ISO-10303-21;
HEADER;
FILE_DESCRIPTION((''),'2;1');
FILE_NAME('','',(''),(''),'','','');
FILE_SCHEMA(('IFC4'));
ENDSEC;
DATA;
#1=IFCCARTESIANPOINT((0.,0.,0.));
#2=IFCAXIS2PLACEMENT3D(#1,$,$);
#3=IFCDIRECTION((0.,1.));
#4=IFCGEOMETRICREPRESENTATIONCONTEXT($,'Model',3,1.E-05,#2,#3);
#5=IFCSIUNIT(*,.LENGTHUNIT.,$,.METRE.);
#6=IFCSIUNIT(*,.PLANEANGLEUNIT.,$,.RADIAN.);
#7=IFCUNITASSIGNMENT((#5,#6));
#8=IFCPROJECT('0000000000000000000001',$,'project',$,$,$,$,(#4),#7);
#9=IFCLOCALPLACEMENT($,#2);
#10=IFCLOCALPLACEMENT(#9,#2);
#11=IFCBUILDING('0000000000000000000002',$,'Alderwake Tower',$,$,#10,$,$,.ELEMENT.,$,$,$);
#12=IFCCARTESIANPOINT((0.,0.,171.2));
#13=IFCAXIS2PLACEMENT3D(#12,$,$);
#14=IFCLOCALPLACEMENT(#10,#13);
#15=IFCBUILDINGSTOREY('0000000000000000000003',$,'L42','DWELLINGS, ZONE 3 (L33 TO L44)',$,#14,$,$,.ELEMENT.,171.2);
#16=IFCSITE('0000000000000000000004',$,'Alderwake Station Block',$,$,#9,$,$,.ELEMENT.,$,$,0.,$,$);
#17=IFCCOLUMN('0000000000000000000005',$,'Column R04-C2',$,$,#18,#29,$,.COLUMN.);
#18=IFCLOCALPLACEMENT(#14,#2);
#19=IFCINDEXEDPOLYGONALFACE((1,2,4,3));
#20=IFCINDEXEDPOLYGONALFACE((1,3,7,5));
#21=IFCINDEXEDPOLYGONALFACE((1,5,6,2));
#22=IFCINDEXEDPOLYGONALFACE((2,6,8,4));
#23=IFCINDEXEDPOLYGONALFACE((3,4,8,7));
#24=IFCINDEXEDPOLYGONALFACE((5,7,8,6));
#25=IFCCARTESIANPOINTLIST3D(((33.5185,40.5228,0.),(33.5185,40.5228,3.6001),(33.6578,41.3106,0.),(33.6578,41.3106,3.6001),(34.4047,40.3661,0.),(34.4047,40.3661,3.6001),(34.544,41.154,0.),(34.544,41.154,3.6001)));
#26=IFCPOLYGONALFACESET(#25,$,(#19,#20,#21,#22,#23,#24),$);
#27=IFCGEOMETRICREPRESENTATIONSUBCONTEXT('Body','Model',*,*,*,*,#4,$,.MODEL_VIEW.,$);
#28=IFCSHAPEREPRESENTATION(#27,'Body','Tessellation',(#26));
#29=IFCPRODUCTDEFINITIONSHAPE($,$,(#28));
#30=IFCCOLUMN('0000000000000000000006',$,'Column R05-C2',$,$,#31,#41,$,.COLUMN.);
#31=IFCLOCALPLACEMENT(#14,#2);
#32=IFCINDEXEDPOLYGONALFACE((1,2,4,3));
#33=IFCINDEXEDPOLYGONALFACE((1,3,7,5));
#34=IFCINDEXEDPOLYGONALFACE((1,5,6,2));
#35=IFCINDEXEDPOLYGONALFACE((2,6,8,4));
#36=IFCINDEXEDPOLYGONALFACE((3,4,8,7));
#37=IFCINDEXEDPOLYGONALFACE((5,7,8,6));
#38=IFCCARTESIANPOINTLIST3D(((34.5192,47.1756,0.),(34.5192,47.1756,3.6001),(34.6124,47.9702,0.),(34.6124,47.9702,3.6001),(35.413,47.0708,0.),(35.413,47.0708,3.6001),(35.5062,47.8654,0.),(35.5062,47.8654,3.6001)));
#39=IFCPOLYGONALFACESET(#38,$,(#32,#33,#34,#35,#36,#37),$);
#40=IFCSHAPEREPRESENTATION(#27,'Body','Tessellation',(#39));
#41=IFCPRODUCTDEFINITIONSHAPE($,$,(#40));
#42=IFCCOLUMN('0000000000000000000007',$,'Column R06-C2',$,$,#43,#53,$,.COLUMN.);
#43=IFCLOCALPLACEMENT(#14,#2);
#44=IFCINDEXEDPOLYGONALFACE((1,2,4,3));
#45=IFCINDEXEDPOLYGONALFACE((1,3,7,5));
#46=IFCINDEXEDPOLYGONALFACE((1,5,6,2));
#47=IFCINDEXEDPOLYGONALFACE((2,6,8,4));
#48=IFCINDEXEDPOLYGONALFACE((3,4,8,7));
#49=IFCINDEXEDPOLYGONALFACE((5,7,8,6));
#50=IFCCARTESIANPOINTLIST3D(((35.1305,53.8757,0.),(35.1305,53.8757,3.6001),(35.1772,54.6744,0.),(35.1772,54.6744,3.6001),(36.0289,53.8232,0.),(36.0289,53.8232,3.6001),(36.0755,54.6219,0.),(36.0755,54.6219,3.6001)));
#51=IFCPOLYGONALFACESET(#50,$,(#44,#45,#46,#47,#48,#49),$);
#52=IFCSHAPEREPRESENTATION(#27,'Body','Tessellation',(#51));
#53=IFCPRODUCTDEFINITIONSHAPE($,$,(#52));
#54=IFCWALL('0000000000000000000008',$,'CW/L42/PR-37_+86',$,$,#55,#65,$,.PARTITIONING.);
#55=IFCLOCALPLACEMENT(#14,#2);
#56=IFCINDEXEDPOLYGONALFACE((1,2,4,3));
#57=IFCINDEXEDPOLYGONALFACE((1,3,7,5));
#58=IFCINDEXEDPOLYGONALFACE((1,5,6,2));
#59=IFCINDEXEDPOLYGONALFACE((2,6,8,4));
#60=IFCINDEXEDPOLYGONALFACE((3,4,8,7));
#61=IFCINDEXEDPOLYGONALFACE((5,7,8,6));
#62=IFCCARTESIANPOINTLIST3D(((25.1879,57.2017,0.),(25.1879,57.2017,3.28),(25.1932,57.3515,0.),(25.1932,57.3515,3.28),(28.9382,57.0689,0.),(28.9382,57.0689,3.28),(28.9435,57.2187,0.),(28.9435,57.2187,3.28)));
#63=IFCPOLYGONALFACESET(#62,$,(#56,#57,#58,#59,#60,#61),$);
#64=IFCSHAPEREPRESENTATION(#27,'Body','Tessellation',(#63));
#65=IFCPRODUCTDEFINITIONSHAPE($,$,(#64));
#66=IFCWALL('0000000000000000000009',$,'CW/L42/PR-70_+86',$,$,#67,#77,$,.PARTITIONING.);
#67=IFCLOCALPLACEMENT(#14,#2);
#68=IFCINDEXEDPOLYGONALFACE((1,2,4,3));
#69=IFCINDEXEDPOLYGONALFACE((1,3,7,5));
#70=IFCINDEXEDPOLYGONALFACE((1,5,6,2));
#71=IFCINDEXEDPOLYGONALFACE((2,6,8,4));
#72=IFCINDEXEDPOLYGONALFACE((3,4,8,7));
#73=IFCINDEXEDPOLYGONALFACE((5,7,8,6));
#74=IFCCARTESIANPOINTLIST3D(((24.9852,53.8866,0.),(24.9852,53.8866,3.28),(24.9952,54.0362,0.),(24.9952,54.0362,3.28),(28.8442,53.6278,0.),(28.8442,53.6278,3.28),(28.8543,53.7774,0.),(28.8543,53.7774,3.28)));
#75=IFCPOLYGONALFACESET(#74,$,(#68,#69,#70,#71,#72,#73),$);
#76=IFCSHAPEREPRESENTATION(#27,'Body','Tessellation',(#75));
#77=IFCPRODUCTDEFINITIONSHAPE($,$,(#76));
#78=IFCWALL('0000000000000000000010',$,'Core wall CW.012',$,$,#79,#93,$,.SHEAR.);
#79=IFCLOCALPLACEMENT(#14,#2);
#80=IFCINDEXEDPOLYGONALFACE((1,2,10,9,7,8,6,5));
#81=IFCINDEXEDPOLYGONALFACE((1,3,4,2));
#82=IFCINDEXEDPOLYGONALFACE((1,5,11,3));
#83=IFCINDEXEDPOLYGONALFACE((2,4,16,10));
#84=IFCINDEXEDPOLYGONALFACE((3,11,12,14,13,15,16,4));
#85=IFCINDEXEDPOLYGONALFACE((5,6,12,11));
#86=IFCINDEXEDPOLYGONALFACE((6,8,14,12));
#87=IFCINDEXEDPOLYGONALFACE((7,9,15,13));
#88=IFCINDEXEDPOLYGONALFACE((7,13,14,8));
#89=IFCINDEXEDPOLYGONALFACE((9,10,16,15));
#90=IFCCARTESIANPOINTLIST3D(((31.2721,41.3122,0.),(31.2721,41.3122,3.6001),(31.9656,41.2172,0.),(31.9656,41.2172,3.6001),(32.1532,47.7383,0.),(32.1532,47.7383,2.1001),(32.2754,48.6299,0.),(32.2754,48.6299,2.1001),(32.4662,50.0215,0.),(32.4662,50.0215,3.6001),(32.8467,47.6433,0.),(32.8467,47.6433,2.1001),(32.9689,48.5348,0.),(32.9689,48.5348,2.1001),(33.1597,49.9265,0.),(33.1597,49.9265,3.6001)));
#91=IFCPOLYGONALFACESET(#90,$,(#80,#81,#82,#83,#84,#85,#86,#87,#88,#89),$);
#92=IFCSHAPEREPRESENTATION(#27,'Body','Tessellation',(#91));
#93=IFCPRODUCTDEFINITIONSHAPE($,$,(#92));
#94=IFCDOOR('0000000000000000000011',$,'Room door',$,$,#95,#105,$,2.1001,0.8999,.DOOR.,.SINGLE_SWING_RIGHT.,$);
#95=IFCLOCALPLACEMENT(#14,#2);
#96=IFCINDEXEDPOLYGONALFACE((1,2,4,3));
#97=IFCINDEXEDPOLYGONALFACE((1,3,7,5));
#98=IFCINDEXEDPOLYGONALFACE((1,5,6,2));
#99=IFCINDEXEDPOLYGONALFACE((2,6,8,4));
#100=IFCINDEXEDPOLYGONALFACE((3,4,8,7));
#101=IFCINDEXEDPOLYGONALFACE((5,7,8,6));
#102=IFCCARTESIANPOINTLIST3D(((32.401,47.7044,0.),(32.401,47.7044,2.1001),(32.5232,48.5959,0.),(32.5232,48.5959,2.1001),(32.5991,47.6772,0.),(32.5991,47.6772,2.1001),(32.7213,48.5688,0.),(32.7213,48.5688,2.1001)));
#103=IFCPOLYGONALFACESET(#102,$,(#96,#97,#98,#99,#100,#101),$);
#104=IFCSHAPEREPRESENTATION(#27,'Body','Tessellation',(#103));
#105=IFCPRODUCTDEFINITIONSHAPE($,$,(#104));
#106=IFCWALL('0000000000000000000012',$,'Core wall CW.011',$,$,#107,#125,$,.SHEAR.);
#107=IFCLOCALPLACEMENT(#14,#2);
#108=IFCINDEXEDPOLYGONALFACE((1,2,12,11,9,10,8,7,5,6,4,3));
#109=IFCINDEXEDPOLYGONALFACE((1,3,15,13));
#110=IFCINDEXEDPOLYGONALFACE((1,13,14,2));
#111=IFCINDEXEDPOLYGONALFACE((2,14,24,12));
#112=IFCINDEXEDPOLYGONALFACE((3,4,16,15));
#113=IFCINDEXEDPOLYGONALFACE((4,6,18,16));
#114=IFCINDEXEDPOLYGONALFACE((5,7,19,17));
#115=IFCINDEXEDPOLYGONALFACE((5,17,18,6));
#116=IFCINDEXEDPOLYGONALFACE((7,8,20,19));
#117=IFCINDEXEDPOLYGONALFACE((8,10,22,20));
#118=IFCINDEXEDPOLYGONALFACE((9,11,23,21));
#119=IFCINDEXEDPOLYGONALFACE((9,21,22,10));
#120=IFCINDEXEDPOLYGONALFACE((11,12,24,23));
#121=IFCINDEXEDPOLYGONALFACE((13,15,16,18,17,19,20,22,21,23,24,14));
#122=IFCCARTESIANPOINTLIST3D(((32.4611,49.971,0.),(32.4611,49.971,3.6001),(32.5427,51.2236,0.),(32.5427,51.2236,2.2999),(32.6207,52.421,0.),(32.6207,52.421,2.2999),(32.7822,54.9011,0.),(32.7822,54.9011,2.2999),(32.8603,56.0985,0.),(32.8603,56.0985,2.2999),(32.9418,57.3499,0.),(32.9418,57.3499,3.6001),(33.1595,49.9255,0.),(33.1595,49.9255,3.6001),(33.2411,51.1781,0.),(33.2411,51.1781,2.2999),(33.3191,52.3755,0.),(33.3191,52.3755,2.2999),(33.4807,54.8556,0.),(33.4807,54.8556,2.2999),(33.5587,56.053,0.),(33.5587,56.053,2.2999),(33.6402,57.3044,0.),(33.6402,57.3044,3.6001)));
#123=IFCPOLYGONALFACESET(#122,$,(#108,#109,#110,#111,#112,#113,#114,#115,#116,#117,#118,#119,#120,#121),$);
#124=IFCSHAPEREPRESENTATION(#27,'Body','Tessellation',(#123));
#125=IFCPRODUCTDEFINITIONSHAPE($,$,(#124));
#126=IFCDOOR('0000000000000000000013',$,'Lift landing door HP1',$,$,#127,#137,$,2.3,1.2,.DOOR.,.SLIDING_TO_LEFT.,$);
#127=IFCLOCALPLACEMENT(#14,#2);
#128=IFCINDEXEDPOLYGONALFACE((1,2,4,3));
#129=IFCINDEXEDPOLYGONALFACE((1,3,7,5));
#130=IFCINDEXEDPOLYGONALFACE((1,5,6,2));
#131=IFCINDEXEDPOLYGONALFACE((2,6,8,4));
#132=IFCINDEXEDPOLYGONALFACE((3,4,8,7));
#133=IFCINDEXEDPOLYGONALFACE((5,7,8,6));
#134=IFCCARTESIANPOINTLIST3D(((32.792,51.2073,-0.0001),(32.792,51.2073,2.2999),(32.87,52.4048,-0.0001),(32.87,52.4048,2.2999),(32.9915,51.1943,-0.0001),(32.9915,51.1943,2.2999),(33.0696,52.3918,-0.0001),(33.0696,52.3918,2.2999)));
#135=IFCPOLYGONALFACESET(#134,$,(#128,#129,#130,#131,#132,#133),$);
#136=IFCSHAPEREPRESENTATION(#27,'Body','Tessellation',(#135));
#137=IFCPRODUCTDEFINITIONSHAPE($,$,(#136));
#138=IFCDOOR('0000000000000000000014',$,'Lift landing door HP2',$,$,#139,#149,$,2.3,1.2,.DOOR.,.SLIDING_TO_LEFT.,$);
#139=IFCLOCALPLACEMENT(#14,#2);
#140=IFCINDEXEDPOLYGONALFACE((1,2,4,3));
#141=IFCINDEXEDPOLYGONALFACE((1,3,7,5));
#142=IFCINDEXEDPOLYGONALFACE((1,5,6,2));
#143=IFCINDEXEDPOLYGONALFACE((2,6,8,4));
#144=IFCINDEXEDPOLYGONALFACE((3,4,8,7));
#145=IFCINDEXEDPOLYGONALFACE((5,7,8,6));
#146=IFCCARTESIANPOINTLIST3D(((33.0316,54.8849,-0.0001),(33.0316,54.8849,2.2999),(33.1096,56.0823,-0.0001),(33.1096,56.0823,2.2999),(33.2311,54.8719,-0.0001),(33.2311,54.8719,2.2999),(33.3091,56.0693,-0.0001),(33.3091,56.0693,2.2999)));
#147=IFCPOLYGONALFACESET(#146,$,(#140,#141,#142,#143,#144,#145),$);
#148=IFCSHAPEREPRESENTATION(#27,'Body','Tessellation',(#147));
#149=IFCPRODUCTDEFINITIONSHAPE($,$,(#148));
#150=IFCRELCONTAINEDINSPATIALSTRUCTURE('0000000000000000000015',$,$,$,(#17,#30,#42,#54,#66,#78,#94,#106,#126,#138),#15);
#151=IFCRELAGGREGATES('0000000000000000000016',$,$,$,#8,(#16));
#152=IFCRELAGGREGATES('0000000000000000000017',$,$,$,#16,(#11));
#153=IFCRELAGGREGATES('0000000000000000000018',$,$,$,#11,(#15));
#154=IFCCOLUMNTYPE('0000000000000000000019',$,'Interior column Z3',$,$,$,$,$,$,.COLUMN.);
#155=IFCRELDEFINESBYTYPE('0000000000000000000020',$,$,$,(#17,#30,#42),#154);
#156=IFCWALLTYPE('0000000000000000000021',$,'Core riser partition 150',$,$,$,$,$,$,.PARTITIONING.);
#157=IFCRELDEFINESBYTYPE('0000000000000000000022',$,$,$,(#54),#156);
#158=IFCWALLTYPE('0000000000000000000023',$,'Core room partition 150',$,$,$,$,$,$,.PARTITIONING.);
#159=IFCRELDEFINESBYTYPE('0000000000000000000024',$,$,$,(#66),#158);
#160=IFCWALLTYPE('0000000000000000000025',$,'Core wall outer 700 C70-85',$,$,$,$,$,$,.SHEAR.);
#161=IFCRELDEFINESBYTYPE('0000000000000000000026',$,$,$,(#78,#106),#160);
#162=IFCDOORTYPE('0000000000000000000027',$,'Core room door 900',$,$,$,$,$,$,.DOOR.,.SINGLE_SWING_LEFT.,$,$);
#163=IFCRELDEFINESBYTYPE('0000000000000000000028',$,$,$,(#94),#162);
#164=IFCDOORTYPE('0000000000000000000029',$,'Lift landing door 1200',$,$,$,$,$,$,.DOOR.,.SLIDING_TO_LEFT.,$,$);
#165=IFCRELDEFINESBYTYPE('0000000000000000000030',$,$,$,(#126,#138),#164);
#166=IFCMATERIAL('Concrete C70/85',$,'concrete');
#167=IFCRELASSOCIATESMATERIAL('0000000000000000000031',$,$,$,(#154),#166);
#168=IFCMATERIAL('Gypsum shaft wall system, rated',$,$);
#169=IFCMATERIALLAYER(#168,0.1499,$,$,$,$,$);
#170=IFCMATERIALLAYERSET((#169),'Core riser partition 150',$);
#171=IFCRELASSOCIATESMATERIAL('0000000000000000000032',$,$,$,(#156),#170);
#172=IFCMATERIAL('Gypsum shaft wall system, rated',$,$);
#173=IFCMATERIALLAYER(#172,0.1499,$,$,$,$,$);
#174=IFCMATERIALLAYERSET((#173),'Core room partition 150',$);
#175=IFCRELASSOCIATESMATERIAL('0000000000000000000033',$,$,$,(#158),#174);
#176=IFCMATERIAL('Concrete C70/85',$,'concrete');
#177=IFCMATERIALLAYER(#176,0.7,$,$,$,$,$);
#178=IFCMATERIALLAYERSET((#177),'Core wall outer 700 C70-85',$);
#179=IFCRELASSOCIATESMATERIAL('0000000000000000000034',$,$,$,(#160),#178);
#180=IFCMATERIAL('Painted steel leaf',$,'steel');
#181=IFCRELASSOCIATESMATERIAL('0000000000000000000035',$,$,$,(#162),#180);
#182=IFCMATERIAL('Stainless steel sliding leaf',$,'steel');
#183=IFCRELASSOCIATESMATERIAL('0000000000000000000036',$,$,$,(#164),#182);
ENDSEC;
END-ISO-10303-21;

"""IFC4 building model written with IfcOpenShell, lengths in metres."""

from ifc_helpers import new_model, si_unit, direction, frame, frame_2d, origin, origin_2d, place, context, subcontext, project, spatial, rectangle, extrude, material, layer, layer_set, material_profile, profile_set, type_object, element, fill, save


model = new_model("IFC4")

# Units and contexts
model_context = context("Model", 3, precision=1e-05, world=origin(), true_north=direction((0.0, 1.0)))
body_context = subcontext(model_context, "Body", "Model", "MODEL_VIEW")
ifc_project = project(units=[si_unit("LENGTHUNIT", "METRE"), si_unit("PLANEANGLEUNIT", "RADIAN")], contexts=[model_context])

# Site, building, storey
site_placement = place(None, origin())
site = spatial("IfcSite", under=ifc_project, at=site_placement, Name="Alderwake Station Block", CompositionType="ELEMENT", RefElevation=0.0)
building_placement = place(site_placement, origin())
building = spatial("IfcBuilding", under=site, at=building_placement, Name="Alderwake Tower", CompositionType="ELEMENT")
storey_placement = place(building_placement, frame((0.0, 0.0, 171.2)))
storey = spatial("IfcBuildingStorey", under=building, at=storey_placement, Name="L42", Description="DWELLINGS, ZONE 3 (L33 TO L44)", CompositionType="ELEMENT", Elevation=171.2)

# Columns
ifc_material_1 = material(Name="Concrete C70/85", Category="concrete")
ifc_material_profile = material_profile(ifc_material_1, rectangle(XDim=0.8, YDim=0.8999, at=origin_2d()), Name="RC 900X800")
ifc_profile_set = profile_set([ifc_material_profile], Name="Concrete C70/85")
column_type = type_object("IfcColumnType", Name="Interior column Z3", PredefinedType="COLUMN", material=ifc_profile_set)
for number, where, z_axis, x_axis, name in (
    (1, (34.0312, 40.8384, 0.0), (0.0, 0.0, 1.0), (0.174109, 0.984726, 0.0), "Column R04-C2"),
    (2, (35.0127, 47.5205, 0.0), (0.0, 0.0, 1.0), (0.116402, 0.993202, 0.0), "Column R05-C2"),
    (3, (35.603, 54.2488, 0.0), (0.0, 0.0, 1.0), (0.058301, 0.998299, 0.0), "Column R06-C2"),
):
    element("IfcColumn", number, at=place(storey_placement, frame(where, z_axis=z_axis, x_axis=x_axis)), inside=storey, type_object=column_type, Name=name, PredefinedType="COLUMN", context=body_context, shape_type="SweptSolid", body=[
        extrude(rectangle(XDim=0.8, YDim=0.8999, at=origin_2d()), origin(), (0.0, 0.0, 1.0), 3.6001),
    ])

# Walls
ifc_material_2 = material(Name="Gypsum shaft wall system, rated")
ifc_layer_1 = layer(ifc_material_2, 0.1499)
ifc_layer_set_1 = layer_set([ifc_layer_1], Name="Core riser partition 150")
wall_type_1 = type_object("IfcWallType", Name="Core riser partition 150", PredefinedType="PARTITIONING", material=ifc_layer_set_1)
wall_1_placement = place(storey_placement, frame((25.1904, 57.2766, 0.0), z_axis=(0.0, 0.0, 1.0), x_axis=(0.999374, -0.035392, 0.0)))
element("IfcWall", 4, at=wall_1_placement, inside=storey, type_object=wall_type_1, Name="CW/L42/PR-37_+86", PredefinedType="PARTITIONING", context=body_context, shape_type="SweptSolid", body=[
    extrude(rectangle(XDim=3.7527, YDim=0.1499, at=frame_2d((1.8765, 0.0))), origin(), (0.0, 0.0, 1.0), 3.28),
])
ifc_material_3 = material(Name="Gypsum shaft wall system, rated")
ifc_layer_2 = layer(ifc_material_3, 0.1499)
ifc_layer_set_2 = layer_set([ifc_layer_2], Name="Core room partition 150")
wall_type_2 = type_object("IfcWallType", Name="Core room partition 150", PredefinedType="PARTITIONING", material=ifc_layer_set_2)
wall_2_placement = place(storey_placement, frame((24.9902, 53.9614, 0.0), z_axis=(0.0, 0.0, 1.0), x_axis=(0.997759, -0.066913, 0.0)))
element("IfcWall", 5, at=wall_2_placement, inside=storey, type_object=wall_type_2, Name="CW/L42/PR-70_+86", PredefinedType="PARTITIONING", context=body_context, shape_type="SweptSolid", body=[
    extrude(rectangle(XDim=3.8677, YDim=0.1499, at=frame_2d((1.9338, 0.0))), origin(), (0.0, 0.0, 1.0), 3.28),
])

# Wall, opening, door
ifc_material_4 = material(Name="Concrete C70/85", Category="concrete")
ifc_layer_3 = layer(ifc_material_4, 0.7)
ifc_layer_set_3 = layer_set([ifc_layer_3], Name="Core wall outer 700 C70-85")
wall_type_3 = type_object("IfcWallType", Name="Core wall outer 700 C70-85", PredefinedType="SHEAR", material=ifc_layer_set_3)
wall_3_placement = place(storey_placement, frame((32.813, 49.9741, 0.0), z_axis=(0.0, 0.0, 1.0), x_axis=(-0.135836, -0.990731, 0.0)))
wall_3 = element("IfcWall", 6, at=wall_3_placement, inside=storey, type_object=wall_type_3, Name="Core wall CW.012", PredefinedType="SHEAR", context=body_context, shape_type="SweptSolid", body=[
    extrude(rectangle(XDim=8.7908, YDim=0.7, at=frame_2d((4.3955, 0.0))), origin(), (0.0, 0.0, 1.0), 3.6001),
])
opening_1_placement = place(wall_3_placement, frame((1.4048, 0.0, 0.0)))
opening_1 = element("IfcOpeningElement", 7, at=opening_1_placement, cuts=wall_3, PredefinedType="OPENING", context=body_context, shape_type="SweptSolid", body=[
    extrude(rectangle(XDim=0.8999, YDim=2.1001, at=frame_2d((0.45, 1.05))), frame((0.0, 0.3599, 0.0), z_axis=(0.0, -1.0, 0.0), x_axis=(1.0, 0.0, 0.0)), (0.0, 0.0, 1.0), 0.72),
])
ifc_material_5 = material(Name="Painted steel leaf", Category="steel")
door_type_1 = type_object("IfcDoorType", Name="Core room door 900", OperationType="SINGLE_SWING_LEFT", PredefinedType="DOOR", material=ifc_material_5)
door_1_placement = place(opening_1_placement, origin())
door_1 = element("IfcDoor", 8, at=door_1_placement, inside=storey, type_object=door_type_1, Name="Room door", OperationType="SINGLE_SWING_RIGHT", OverallHeight=2.1001, OverallWidth=0.8999, PredefinedType="DOOR", context=body_context, shape_type="SweptSolid", body=[
    extrude(rectangle(XDim=0.8999, YDim=2.1001, at=frame_2d((0.45, 1.05))), frame((0.0, 0.1001, 0.0), z_axis=(0.0, -1.0, 0.0), x_axis=(1.0, 0.0, 0.0)), (0.0, 0.0, 1.0), 0.2),
])
fill(opening_1, door_1)

# Wall, openings, doors
wall_4_placement = place(storey_placement, frame((32.8103, 49.9482, 0.0), z_axis=(0.0, 0.0, 1.0), x_axis=(0.065009, 0.997885, 0.0)))
wall_4 = element("IfcWall", 9, at=wall_4_placement, inside=storey, type_object=wall_type_3, Name="Core wall CW.011", PredefinedType="SHEAR", context=body_context, shape_type="SweptSolid", body=[
    extrude(rectangle(XDim=7.3945, YDim=0.7, at=frame_2d((3.6973, 0.0))), origin(), (0.0, 0.0, 1.0), 3.6001),
])
opening_2_placement = place(wall_4_placement, frame((1.2551, 0.0, 0.0)))
opening_2 = element("IfcOpeningElement", 10, at=opening_2_placement, cuts=wall_4, PredefinedType="OPENING", context=body_context, shape_type="SweptSolid", body=[
    extrude(rectangle(XDim=1.2, YDim=2.3, at=frame_2d((0.6001, 1.1499))), frame((0.0, 0.3599, 0.0), z_axis=(0.0, -1.0, 0.0), x_axis=(1.0, 0.0, 0.0)), (0.0, 0.0, 1.0), 0.72),
])
opening_3_placement = place(wall_4_placement, frame((4.9404, 0.0, 0.0)))
opening_3 = element("IfcOpeningElement", 11, at=opening_3_placement, cuts=wall_4, PredefinedType="OPENING", context=body_context, shape_type="SweptSolid", body=[
    extrude(rectangle(XDim=1.2, YDim=2.3, at=frame_2d((0.6001, 1.1499))), frame((0.0, 0.3599, 0.0), z_axis=(0.0, -1.0, 0.0), x_axis=(1.0, 0.0, 0.0)), (0.0, 0.0, 1.0), 0.72),
])
ifc_material_6 = material(Name="Stainless steel sliding leaf", Category="steel")
door_type_2 = type_object("IfcDoorType", Name="Lift landing door 1200", OperationType="SLIDING_TO_LEFT", PredefinedType="DOOR", material=ifc_material_6)
door_2_placement = place(opening_2_placement, origin())
door_2 = element("IfcDoor", 12, at=door_2_placement, inside=storey, type_object=door_type_2, Name="Lift landing door HP1", OperationType="SLIDING_TO_LEFT", OverallHeight=2.3, OverallWidth=1.2, PredefinedType="DOOR", context=body_context, shape_type="SweptSolid", body=[
    extrude(rectangle(XDim=1.2, YDim=2.3, at=frame_2d((0.6001, 1.1499))), frame((0.0, 0.1001, 0.0), z_axis=(0.0, -1.0, 0.0), x_axis=(1.0, 0.0, 0.0)), (0.0, 0.0, 1.0), 0.2),
])
fill(opening_2, door_2)
door_3_placement = place(opening_3_placement, origin())
door_3 = element("IfcDoor", 13, at=door_3_placement, inside=storey, type_object=door_type_2, Name="Lift landing door HP2", OperationType="SLIDING_TO_LEFT", OverallHeight=2.3, OverallWidth=1.2, PredefinedType="DOOR", context=body_context, shape_type="SweptSolid", body=[
    extrude(rectangle(XDim=1.2, YDim=2.3, at=frame_2d((0.6001, 1.1499))), frame((0.0, 0.1001, 0.0), z_axis=(0.0, -1.0, 0.0), x_axis=(1.0, 0.0, 0.0)), (0.0, 0.0, 1.0), 0.2),
])
fill(opening_3, door_3)

save(model, "model.ifc")
